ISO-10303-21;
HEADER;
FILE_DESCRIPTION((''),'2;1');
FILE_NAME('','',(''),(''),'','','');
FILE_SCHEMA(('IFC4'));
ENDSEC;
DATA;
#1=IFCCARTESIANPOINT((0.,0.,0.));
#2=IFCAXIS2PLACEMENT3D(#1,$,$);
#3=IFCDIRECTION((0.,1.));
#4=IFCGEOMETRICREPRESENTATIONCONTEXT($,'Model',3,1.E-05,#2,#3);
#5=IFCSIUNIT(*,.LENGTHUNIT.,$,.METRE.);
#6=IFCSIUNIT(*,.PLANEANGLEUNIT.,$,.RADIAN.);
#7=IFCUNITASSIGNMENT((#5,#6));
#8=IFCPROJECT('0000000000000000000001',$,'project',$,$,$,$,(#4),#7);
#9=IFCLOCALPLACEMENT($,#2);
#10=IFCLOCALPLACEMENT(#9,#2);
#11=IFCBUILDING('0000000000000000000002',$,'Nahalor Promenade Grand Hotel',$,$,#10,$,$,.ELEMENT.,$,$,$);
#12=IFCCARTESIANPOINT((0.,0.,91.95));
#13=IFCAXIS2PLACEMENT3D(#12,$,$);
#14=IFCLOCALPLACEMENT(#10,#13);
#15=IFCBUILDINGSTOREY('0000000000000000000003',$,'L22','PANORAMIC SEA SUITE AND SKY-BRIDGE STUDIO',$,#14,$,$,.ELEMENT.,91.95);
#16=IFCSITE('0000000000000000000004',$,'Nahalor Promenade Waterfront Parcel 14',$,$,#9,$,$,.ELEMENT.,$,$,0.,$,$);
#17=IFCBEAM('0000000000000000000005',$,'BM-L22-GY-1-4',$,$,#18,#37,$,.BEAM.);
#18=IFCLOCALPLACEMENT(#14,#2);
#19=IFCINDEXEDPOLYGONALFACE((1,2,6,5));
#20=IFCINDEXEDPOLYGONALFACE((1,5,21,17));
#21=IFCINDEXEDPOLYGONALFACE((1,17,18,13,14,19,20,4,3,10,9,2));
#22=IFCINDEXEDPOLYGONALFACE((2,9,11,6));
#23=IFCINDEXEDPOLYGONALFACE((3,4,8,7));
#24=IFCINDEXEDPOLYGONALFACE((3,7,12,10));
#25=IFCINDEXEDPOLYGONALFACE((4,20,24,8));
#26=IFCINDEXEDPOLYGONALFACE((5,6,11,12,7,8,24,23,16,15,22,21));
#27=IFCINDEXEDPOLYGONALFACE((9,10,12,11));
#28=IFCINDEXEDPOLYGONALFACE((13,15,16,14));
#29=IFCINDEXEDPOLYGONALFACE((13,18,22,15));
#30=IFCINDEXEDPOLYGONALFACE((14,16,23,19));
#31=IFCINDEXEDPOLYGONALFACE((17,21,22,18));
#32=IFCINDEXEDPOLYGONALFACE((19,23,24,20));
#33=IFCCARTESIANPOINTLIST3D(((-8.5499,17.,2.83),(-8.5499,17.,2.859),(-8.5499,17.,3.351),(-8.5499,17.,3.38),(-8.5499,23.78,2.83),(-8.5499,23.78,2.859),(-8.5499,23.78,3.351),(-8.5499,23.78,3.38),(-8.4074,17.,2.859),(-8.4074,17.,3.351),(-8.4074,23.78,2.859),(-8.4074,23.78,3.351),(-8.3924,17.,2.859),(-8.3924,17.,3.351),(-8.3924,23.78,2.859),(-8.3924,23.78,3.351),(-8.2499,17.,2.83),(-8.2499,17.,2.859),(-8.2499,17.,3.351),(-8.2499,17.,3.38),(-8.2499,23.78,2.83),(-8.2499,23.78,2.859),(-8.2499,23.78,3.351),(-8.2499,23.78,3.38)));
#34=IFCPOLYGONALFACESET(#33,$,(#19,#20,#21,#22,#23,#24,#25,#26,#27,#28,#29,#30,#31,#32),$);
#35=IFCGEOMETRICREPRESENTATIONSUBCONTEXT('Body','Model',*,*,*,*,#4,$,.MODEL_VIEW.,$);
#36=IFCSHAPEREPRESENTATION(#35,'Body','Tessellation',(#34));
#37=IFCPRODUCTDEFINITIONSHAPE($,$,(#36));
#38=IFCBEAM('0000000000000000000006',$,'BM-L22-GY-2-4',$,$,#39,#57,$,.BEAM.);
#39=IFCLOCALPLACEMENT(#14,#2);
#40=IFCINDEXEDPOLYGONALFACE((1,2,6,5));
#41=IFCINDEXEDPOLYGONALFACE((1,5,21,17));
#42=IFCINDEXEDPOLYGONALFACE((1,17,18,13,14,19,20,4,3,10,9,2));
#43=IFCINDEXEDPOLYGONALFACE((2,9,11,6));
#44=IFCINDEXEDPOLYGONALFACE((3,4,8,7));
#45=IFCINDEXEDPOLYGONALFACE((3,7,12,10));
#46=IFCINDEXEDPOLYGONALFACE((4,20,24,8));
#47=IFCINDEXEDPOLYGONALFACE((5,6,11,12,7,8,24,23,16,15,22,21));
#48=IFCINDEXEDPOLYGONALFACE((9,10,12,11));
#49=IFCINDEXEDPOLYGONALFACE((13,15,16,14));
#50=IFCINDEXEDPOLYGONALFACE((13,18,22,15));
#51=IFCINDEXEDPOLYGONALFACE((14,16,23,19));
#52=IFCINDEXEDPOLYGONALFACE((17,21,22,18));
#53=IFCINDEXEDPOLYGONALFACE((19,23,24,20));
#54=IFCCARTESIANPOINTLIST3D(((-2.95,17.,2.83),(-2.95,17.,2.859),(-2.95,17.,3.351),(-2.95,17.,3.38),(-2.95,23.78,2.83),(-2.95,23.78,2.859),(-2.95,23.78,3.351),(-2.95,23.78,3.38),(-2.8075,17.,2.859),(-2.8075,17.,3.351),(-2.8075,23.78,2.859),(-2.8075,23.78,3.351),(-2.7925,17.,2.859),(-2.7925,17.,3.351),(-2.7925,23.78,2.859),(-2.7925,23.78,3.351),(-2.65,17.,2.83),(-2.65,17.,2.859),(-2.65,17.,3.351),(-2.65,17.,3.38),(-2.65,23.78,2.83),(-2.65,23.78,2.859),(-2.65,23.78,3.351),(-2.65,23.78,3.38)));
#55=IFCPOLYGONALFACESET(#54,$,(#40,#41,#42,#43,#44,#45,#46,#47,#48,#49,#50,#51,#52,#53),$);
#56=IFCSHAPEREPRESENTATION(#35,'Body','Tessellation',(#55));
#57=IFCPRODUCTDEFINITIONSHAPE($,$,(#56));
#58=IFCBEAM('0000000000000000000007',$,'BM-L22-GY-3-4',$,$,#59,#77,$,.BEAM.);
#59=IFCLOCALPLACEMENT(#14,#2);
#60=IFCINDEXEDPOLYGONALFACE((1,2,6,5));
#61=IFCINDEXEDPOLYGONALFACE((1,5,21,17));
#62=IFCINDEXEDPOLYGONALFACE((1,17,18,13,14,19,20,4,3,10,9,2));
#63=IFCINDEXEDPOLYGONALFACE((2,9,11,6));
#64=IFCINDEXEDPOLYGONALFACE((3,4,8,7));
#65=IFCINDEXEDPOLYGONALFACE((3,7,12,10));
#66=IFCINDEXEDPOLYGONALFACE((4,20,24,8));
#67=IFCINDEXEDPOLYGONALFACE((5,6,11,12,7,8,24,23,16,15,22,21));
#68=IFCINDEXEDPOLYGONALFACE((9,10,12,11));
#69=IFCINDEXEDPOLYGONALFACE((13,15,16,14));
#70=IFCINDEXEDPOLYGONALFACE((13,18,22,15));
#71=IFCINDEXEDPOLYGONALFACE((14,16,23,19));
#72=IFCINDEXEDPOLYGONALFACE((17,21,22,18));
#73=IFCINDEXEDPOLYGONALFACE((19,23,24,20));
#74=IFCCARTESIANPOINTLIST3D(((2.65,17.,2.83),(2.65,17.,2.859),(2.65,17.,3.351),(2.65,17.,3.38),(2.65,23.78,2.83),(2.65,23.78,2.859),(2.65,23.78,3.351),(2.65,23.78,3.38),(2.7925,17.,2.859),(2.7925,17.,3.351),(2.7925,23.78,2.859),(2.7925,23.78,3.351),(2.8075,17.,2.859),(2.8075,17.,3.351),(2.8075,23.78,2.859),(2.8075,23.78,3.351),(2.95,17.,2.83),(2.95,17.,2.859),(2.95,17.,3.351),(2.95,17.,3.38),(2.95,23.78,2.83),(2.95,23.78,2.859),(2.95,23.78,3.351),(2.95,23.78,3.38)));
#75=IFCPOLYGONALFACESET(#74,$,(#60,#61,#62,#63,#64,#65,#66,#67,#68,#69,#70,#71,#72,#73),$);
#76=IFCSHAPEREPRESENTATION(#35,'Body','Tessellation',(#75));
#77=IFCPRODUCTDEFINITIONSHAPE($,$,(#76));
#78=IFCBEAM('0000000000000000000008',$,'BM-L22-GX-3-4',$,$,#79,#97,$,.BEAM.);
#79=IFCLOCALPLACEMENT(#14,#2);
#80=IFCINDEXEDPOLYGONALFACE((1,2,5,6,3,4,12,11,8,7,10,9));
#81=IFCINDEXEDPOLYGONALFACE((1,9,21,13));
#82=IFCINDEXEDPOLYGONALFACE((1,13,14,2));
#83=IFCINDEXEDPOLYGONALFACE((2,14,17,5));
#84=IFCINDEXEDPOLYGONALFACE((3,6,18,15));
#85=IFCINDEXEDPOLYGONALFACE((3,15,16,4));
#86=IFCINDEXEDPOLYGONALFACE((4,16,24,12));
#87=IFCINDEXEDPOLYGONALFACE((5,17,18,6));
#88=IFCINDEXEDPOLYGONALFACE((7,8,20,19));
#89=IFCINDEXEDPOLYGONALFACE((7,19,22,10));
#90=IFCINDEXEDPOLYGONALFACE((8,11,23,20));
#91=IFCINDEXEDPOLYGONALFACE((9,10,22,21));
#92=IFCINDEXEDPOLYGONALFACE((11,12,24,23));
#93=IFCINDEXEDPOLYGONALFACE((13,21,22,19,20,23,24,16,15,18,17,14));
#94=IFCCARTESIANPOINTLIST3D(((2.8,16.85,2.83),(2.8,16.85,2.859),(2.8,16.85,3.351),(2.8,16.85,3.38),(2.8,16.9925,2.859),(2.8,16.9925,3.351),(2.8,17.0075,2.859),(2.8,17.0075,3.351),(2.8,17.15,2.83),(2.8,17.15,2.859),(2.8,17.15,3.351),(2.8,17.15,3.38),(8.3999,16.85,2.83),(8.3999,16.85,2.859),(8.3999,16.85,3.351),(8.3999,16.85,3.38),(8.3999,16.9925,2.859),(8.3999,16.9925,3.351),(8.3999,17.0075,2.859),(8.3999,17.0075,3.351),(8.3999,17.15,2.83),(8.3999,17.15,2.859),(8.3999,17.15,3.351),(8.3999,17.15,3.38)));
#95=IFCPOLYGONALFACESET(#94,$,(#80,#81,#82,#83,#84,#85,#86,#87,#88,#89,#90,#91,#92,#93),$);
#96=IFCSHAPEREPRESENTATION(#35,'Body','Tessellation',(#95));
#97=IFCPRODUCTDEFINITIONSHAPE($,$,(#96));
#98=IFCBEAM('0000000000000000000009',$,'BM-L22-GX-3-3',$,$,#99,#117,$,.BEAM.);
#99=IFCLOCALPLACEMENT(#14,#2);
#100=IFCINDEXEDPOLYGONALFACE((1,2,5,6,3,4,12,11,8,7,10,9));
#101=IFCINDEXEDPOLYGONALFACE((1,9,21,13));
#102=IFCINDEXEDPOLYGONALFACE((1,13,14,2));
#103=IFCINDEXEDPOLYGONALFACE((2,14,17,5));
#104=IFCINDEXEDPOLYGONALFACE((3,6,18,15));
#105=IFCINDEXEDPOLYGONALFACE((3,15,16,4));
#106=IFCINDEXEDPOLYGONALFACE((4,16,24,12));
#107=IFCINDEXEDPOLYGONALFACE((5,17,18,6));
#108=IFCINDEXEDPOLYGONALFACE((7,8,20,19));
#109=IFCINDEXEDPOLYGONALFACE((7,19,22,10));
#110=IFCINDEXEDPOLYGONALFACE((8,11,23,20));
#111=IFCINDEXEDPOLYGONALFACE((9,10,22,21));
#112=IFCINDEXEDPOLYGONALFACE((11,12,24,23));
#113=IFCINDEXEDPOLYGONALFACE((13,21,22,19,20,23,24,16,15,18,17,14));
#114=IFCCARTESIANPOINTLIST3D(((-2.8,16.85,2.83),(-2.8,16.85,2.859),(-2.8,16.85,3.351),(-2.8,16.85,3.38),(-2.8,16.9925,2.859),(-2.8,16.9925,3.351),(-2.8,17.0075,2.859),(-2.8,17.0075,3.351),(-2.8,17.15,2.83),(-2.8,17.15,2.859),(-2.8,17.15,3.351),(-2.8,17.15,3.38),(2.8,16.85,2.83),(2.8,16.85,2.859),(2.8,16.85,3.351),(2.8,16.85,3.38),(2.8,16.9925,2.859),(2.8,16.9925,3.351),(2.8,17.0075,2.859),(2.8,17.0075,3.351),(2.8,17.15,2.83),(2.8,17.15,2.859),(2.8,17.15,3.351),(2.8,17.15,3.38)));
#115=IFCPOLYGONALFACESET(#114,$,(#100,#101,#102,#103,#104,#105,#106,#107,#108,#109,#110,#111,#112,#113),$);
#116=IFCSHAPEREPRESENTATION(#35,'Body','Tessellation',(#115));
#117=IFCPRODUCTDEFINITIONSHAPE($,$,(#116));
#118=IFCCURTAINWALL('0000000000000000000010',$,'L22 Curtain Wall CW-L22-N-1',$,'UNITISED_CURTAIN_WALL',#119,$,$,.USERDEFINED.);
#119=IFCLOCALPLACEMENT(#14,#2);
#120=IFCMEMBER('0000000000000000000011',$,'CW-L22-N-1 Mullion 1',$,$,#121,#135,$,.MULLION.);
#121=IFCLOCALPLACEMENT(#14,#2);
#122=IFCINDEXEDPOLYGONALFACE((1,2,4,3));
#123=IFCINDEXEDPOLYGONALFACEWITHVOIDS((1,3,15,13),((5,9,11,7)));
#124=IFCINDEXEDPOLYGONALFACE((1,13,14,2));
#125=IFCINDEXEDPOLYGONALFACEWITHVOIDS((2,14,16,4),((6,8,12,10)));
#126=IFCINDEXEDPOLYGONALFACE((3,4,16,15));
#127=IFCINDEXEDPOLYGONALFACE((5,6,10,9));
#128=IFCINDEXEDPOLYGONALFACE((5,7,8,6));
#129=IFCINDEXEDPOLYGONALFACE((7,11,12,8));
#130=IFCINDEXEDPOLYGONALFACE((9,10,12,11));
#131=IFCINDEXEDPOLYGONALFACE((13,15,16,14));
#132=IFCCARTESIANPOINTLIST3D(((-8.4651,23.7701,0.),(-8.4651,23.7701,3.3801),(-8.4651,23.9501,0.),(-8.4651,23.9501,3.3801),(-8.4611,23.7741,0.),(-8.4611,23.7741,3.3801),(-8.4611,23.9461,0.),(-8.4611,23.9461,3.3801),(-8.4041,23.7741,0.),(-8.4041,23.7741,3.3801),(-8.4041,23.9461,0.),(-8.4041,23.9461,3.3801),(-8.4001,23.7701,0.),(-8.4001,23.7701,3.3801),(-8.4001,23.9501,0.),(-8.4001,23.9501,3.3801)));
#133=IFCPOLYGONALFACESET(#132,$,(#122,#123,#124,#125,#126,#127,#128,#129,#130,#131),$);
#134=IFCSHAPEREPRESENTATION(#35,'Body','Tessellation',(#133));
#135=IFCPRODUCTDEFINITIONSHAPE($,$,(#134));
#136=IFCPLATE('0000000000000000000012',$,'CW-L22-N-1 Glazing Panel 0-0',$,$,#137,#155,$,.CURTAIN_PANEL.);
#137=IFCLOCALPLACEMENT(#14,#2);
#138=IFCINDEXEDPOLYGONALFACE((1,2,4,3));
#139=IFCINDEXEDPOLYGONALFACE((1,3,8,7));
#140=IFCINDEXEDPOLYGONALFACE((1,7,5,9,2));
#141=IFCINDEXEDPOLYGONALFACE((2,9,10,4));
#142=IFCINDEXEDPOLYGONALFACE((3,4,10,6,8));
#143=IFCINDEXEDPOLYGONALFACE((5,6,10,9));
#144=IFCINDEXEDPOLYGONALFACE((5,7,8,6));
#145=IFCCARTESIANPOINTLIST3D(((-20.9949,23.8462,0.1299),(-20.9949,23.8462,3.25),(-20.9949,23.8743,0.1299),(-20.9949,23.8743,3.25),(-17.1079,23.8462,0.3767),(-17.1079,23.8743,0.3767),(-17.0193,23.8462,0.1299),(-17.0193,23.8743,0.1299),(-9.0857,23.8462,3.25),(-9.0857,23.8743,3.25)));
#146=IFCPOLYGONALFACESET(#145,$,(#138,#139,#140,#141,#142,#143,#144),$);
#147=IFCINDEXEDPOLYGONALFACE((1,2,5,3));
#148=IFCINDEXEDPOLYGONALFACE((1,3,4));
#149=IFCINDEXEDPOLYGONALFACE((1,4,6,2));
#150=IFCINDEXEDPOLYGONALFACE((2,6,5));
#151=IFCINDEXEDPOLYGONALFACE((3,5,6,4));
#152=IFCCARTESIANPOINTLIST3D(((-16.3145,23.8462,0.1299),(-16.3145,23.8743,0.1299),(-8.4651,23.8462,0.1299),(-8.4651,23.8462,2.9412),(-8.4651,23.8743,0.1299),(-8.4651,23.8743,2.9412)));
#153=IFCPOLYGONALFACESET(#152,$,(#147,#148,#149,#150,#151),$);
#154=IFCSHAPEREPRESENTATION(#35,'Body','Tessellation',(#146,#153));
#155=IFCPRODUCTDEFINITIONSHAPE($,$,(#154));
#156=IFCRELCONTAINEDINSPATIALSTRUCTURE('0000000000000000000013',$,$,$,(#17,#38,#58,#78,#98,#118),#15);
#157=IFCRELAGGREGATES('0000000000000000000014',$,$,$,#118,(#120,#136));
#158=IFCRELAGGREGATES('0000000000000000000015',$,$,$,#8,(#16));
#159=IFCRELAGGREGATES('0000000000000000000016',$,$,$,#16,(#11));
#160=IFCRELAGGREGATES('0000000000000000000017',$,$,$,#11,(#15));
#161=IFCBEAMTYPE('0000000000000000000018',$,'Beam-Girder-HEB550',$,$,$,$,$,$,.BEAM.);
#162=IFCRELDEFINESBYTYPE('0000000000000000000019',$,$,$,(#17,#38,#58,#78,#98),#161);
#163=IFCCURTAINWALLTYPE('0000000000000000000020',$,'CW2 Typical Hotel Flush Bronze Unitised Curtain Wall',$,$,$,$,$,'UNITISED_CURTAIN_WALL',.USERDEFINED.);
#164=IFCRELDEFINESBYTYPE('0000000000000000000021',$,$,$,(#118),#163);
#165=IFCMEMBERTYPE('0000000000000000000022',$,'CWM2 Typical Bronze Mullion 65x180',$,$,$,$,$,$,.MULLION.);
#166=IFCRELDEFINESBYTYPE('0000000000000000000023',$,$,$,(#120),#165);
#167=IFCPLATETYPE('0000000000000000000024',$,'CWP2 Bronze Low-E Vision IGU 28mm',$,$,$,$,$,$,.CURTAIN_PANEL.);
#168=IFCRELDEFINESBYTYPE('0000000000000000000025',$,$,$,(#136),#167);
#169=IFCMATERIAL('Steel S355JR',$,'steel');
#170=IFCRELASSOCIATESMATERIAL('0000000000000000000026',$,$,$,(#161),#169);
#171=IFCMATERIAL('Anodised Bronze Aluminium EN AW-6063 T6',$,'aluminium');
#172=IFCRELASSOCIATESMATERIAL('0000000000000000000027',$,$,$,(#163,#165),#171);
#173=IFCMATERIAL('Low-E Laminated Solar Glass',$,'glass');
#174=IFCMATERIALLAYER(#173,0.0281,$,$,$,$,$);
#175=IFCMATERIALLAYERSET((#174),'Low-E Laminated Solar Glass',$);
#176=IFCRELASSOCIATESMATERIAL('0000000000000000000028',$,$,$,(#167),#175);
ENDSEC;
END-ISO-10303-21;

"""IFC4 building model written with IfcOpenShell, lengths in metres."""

from ifc_helpers import new_model, si_unit, direction, frame, origin, origin_2d, place, context, subcontext, project, spatial, polyline, hollow_rectangle, i_section, outline, extrude, source, transform, mapped, material, layer, layer_set, material_profile, profile_set, type_object, element, aggregate, save


model = new_model("IFC4")

# Units and contexts
model_context = context("Model", 3, precision=1e-05, world=origin(), true_north=direction((0.0, 1.0)))
body_context = subcontext(model_context, "Body", "Model", "MODEL_VIEW")
ifc_project = project(units=[si_unit("LENGTHUNIT", "METRE"), si_unit("PLANEANGLEUNIT", "RADIAN")], contexts=[model_context])

# Site, building, storey
site_placement = place(None, origin())
site = spatial("IfcSite", under=ifc_project, at=site_placement, Name="Nahalor Promenade Waterfront Parcel 14", CompositionType="ELEMENT", RefElevation=0.0)
building_placement = place(site_placement, origin())
building = spatial("IfcBuilding", under=site, at=building_placement, Name="Nahalor Promenade Grand Hotel", CompositionType="ELEMENT")
storey_placement = place(building_placement, frame((0.0, 0.0, 91.95)))
storey = spatial("IfcBuildingStorey", under=building, at=storey_placement, Name="L22", Description="PANORAMIC SEA SUITE AND SKY-BRIDGE STUDIO", CompositionType="ELEMENT", Elevation=91.95)

# Beams
ifc_material_1 = material(Name="Steel S355JR", Category="steel")
ifc_material_profile_1 = material_profile(ifc_material_1, i_section(OverallWidth=0.3, OverallDepth=0.55, WebThickness=0.015, FlangeThickness=0.029, at=origin_2d()), Name="HEB 550")
ifc_profile_set_1 = profile_set([ifc_material_profile_1], Name="Steel S355JR")
beam_type_1 = type_object("IfcBeamType", Name="Beam-Girder-HEB550", PredefinedType="BEAM", material=ifc_profile_set_1)
shared_shape_1 = source(origin(), body_context, "Body", "SweptSolid", [
    extrude(i_section(OverallWidth=0.3, OverallDepth=0.55, WebThickness=0.015, FlangeThickness=0.029, at=origin_2d()), origin(), (0.0, 0.0, 1.0), 6.78),
])
for number, where, z_axis, x_axis, name in (
    (1, (-8.3999, 17.0, 3.105), (0.0, 1.0, 0.0), (-1.0, 0.0, 0.0), "BM-L22-GY-1-4"),
    (2, (-2.8, 17.0, 3.105), (0.0, 1.0, 0.0), (-1.0, 0.0, 0.0), "BM-L22-GY-2-4"),
    (3, (2.8, 17.0, 3.105), (0.0, 1.0, 0.0), (-1.0, 0.0, 0.0), "BM-L22-GY-3-4"),
):
    element("IfcBeam", number, at=place(storey_placement, frame(where, z_axis=z_axis, x_axis=x_axis)), inside=storey, type_object=beam_type_1, Name=name, PredefinedType="BEAM", context=body_context, shape_type="MappedRepresentation", body=[
        mapped(shared_shape_1, transform((0.0, 0.0, 0.0), scale=1.0)),
    ])
shared_shape_2 = source(origin(), body_context, "Body", "SweptSolid", [
    extrude(i_section(OverallWidth=0.3, OverallDepth=0.55, WebThickness=0.015, FlangeThickness=0.029, at=origin_2d()), origin(), (0.0, 0.0, 1.0), 5.5999),
])
beam_1_placement = place(storey_placement, frame((2.8, 17.0, 3.105), z_axis=(1.0, 0.0, 0.0), x_axis=(0.0, 1.0, 0.0)))
element("IfcBeam", 4, at=beam_1_placement, inside=storey, type_object=beam_type_1, Name="BM-L22-GX-3-4", PredefinedType="BEAM", context=body_context, shape_type="MappedRepresentation", body=[
    mapped(shared_shape_2, transform((0.0, 0.0, 0.0), scale=1.0)),
])
shared_shape_3 = source(origin(), body_context, "Body", "SweptSolid", [
    extrude(i_section(OverallWidth=0.3, OverallDepth=0.55, WebThickness=0.015, FlangeThickness=0.029, at=origin_2d()), origin(), (0.0, 0.0, 1.0), 5.6001),
])
beam_2_placement = place(storey_placement, frame((-2.8, 17.0, 3.105), z_axis=(1.0, 0.0, 0.0), x_axis=(0.0, 1.0, 0.0)))
element("IfcBeam", 5, at=beam_2_placement, inside=storey, type_object=beam_type_1, Name="BM-L22-GX-3-3", PredefinedType="BEAM", context=body_context, shape_type="MappedRepresentation", body=[
    mapped(shared_shape_3, transform((0.0, 0.0, 0.0), scale=1.0)),
])

# Curtain wall, member, plate
ifc_material_2 = material(Name="Anodised Bronze Aluminium EN AW-6063 T6", Category="aluminium")
curtain_wall_type = type_object("IfcCurtainWallType", Name="CW2 Typical Hotel Flush Bronze Unitised Curtain Wall", ElementType="UNITISED_CURTAIN_WALL", PredefinedType="USERDEFINED", material=ifc_material_2)
curtain_wall_placement = place(storey_placement, origin())
curtain_wall = element("IfcCurtainWall", 6, at=curtain_wall_placement, inside=storey, type_object=curtain_wall_type, Name="L22 Curtain Wall CW-L22-N-1", ObjectType="UNITISED_CURTAIN_WALL", PredefinedType="USERDEFINED")
ifc_material_profile_2 = material_profile(ifc_material_2, hollow_rectangle(XDim=0.065, YDim=0.18, WallThickness=0.004, at=origin_2d()), Name="CWM 65x180x4")
ifc_profile_set_2 = profile_set([ifc_material_profile_2], Name="Anodised Bronze Aluminium EN AW-6063 T6")
member_type = type_object("IfcMemberType", Name="CWM2 Typical Bronze Mullion 65x180", PredefinedType="MULLION", material=ifc_profile_set_2)
shared_shape_4 = source(origin(), body_context, "Body", "SweptSolid", [
    extrude(hollow_rectangle(XDim=0.065, YDim=0.18, WallThickness=0.004, at=origin_2d()), origin(), (0.0, 0.0, 1.0), 3.3801),
])
member_placement = place(storey_placement, frame((-8.4326, 23.8601, 0.0), z_axis=(0.0, 0.0, 1.0), x_axis=(1.0, 0.0, 0.0)))
member = element("IfcMember", 7, at=member_placement, type_object=member_type, Name="CW-L22-N-1 Mullion 1", PredefinedType="MULLION", context=body_context, shape_type="MappedRepresentation", body=[
    mapped(shared_shape_4, transform((0.0, 0.0, 0.0), scale=1.0)),
])
ifc_material_3 = material(Name="Low-E Laminated Solar Glass", Category="glass")
ifc_layer_1 = layer(ifc_material_3, 0.0281)
ifc_layer_set_1 = layer_set([ifc_layer_1], Name="Low-E Laminated Solar Glass")
plate_type = type_object("IfcPlateType", Name="CWP2 Bronze Low-E Vision IGU 28mm", PredefinedType="CURTAIN_PANEL", material=ifc_layer_set_1)
plate_placement = place(storey_placement, frame((-14.73, 23.8601, 0.1299), z_axis=(0.0, 0.0, 1.0), x_axis=(1.0, 0.0, 0.0)))
plate = element("IfcPlate", 8, at=plate_placement, type_object=plate_type, Name="CW-L22-N-1 Glazing Panel 0-0", PredefinedType="CURTAIN_PANEL", context=body_context, shape_type="SweptSolid", body=[
    extrude(outline(polyline([(-6.2649, 3.1201), (-6.2649, 0.0), (-2.2893, 0.0), (-2.3779, 0.2468), (5.6443, 3.1201), (-6.2649, 3.1201)])), frame((0.0, 0.0142, 0.0), z_axis=(0.0, -1.0, 0.0), x_axis=(1.0, 0.0, 0.0)), (0.0, 0.0, 1.0), 0.0281),
    extrude(outline(polyline([(-1.5845, 0.0), (6.2649, 0.0), (6.2649, 2.8113), (-1.5845, 0.0)])), frame((0.0, 0.0142, 0.0), z_axis=(0.0, -1.0, 0.0), x_axis=(1.0, 0.0, 0.0)), (0.0, 0.0, 1.0), 0.0281),
])
aggregate(curtain_wall, [member, plate])

save(model, "model.ifc")
